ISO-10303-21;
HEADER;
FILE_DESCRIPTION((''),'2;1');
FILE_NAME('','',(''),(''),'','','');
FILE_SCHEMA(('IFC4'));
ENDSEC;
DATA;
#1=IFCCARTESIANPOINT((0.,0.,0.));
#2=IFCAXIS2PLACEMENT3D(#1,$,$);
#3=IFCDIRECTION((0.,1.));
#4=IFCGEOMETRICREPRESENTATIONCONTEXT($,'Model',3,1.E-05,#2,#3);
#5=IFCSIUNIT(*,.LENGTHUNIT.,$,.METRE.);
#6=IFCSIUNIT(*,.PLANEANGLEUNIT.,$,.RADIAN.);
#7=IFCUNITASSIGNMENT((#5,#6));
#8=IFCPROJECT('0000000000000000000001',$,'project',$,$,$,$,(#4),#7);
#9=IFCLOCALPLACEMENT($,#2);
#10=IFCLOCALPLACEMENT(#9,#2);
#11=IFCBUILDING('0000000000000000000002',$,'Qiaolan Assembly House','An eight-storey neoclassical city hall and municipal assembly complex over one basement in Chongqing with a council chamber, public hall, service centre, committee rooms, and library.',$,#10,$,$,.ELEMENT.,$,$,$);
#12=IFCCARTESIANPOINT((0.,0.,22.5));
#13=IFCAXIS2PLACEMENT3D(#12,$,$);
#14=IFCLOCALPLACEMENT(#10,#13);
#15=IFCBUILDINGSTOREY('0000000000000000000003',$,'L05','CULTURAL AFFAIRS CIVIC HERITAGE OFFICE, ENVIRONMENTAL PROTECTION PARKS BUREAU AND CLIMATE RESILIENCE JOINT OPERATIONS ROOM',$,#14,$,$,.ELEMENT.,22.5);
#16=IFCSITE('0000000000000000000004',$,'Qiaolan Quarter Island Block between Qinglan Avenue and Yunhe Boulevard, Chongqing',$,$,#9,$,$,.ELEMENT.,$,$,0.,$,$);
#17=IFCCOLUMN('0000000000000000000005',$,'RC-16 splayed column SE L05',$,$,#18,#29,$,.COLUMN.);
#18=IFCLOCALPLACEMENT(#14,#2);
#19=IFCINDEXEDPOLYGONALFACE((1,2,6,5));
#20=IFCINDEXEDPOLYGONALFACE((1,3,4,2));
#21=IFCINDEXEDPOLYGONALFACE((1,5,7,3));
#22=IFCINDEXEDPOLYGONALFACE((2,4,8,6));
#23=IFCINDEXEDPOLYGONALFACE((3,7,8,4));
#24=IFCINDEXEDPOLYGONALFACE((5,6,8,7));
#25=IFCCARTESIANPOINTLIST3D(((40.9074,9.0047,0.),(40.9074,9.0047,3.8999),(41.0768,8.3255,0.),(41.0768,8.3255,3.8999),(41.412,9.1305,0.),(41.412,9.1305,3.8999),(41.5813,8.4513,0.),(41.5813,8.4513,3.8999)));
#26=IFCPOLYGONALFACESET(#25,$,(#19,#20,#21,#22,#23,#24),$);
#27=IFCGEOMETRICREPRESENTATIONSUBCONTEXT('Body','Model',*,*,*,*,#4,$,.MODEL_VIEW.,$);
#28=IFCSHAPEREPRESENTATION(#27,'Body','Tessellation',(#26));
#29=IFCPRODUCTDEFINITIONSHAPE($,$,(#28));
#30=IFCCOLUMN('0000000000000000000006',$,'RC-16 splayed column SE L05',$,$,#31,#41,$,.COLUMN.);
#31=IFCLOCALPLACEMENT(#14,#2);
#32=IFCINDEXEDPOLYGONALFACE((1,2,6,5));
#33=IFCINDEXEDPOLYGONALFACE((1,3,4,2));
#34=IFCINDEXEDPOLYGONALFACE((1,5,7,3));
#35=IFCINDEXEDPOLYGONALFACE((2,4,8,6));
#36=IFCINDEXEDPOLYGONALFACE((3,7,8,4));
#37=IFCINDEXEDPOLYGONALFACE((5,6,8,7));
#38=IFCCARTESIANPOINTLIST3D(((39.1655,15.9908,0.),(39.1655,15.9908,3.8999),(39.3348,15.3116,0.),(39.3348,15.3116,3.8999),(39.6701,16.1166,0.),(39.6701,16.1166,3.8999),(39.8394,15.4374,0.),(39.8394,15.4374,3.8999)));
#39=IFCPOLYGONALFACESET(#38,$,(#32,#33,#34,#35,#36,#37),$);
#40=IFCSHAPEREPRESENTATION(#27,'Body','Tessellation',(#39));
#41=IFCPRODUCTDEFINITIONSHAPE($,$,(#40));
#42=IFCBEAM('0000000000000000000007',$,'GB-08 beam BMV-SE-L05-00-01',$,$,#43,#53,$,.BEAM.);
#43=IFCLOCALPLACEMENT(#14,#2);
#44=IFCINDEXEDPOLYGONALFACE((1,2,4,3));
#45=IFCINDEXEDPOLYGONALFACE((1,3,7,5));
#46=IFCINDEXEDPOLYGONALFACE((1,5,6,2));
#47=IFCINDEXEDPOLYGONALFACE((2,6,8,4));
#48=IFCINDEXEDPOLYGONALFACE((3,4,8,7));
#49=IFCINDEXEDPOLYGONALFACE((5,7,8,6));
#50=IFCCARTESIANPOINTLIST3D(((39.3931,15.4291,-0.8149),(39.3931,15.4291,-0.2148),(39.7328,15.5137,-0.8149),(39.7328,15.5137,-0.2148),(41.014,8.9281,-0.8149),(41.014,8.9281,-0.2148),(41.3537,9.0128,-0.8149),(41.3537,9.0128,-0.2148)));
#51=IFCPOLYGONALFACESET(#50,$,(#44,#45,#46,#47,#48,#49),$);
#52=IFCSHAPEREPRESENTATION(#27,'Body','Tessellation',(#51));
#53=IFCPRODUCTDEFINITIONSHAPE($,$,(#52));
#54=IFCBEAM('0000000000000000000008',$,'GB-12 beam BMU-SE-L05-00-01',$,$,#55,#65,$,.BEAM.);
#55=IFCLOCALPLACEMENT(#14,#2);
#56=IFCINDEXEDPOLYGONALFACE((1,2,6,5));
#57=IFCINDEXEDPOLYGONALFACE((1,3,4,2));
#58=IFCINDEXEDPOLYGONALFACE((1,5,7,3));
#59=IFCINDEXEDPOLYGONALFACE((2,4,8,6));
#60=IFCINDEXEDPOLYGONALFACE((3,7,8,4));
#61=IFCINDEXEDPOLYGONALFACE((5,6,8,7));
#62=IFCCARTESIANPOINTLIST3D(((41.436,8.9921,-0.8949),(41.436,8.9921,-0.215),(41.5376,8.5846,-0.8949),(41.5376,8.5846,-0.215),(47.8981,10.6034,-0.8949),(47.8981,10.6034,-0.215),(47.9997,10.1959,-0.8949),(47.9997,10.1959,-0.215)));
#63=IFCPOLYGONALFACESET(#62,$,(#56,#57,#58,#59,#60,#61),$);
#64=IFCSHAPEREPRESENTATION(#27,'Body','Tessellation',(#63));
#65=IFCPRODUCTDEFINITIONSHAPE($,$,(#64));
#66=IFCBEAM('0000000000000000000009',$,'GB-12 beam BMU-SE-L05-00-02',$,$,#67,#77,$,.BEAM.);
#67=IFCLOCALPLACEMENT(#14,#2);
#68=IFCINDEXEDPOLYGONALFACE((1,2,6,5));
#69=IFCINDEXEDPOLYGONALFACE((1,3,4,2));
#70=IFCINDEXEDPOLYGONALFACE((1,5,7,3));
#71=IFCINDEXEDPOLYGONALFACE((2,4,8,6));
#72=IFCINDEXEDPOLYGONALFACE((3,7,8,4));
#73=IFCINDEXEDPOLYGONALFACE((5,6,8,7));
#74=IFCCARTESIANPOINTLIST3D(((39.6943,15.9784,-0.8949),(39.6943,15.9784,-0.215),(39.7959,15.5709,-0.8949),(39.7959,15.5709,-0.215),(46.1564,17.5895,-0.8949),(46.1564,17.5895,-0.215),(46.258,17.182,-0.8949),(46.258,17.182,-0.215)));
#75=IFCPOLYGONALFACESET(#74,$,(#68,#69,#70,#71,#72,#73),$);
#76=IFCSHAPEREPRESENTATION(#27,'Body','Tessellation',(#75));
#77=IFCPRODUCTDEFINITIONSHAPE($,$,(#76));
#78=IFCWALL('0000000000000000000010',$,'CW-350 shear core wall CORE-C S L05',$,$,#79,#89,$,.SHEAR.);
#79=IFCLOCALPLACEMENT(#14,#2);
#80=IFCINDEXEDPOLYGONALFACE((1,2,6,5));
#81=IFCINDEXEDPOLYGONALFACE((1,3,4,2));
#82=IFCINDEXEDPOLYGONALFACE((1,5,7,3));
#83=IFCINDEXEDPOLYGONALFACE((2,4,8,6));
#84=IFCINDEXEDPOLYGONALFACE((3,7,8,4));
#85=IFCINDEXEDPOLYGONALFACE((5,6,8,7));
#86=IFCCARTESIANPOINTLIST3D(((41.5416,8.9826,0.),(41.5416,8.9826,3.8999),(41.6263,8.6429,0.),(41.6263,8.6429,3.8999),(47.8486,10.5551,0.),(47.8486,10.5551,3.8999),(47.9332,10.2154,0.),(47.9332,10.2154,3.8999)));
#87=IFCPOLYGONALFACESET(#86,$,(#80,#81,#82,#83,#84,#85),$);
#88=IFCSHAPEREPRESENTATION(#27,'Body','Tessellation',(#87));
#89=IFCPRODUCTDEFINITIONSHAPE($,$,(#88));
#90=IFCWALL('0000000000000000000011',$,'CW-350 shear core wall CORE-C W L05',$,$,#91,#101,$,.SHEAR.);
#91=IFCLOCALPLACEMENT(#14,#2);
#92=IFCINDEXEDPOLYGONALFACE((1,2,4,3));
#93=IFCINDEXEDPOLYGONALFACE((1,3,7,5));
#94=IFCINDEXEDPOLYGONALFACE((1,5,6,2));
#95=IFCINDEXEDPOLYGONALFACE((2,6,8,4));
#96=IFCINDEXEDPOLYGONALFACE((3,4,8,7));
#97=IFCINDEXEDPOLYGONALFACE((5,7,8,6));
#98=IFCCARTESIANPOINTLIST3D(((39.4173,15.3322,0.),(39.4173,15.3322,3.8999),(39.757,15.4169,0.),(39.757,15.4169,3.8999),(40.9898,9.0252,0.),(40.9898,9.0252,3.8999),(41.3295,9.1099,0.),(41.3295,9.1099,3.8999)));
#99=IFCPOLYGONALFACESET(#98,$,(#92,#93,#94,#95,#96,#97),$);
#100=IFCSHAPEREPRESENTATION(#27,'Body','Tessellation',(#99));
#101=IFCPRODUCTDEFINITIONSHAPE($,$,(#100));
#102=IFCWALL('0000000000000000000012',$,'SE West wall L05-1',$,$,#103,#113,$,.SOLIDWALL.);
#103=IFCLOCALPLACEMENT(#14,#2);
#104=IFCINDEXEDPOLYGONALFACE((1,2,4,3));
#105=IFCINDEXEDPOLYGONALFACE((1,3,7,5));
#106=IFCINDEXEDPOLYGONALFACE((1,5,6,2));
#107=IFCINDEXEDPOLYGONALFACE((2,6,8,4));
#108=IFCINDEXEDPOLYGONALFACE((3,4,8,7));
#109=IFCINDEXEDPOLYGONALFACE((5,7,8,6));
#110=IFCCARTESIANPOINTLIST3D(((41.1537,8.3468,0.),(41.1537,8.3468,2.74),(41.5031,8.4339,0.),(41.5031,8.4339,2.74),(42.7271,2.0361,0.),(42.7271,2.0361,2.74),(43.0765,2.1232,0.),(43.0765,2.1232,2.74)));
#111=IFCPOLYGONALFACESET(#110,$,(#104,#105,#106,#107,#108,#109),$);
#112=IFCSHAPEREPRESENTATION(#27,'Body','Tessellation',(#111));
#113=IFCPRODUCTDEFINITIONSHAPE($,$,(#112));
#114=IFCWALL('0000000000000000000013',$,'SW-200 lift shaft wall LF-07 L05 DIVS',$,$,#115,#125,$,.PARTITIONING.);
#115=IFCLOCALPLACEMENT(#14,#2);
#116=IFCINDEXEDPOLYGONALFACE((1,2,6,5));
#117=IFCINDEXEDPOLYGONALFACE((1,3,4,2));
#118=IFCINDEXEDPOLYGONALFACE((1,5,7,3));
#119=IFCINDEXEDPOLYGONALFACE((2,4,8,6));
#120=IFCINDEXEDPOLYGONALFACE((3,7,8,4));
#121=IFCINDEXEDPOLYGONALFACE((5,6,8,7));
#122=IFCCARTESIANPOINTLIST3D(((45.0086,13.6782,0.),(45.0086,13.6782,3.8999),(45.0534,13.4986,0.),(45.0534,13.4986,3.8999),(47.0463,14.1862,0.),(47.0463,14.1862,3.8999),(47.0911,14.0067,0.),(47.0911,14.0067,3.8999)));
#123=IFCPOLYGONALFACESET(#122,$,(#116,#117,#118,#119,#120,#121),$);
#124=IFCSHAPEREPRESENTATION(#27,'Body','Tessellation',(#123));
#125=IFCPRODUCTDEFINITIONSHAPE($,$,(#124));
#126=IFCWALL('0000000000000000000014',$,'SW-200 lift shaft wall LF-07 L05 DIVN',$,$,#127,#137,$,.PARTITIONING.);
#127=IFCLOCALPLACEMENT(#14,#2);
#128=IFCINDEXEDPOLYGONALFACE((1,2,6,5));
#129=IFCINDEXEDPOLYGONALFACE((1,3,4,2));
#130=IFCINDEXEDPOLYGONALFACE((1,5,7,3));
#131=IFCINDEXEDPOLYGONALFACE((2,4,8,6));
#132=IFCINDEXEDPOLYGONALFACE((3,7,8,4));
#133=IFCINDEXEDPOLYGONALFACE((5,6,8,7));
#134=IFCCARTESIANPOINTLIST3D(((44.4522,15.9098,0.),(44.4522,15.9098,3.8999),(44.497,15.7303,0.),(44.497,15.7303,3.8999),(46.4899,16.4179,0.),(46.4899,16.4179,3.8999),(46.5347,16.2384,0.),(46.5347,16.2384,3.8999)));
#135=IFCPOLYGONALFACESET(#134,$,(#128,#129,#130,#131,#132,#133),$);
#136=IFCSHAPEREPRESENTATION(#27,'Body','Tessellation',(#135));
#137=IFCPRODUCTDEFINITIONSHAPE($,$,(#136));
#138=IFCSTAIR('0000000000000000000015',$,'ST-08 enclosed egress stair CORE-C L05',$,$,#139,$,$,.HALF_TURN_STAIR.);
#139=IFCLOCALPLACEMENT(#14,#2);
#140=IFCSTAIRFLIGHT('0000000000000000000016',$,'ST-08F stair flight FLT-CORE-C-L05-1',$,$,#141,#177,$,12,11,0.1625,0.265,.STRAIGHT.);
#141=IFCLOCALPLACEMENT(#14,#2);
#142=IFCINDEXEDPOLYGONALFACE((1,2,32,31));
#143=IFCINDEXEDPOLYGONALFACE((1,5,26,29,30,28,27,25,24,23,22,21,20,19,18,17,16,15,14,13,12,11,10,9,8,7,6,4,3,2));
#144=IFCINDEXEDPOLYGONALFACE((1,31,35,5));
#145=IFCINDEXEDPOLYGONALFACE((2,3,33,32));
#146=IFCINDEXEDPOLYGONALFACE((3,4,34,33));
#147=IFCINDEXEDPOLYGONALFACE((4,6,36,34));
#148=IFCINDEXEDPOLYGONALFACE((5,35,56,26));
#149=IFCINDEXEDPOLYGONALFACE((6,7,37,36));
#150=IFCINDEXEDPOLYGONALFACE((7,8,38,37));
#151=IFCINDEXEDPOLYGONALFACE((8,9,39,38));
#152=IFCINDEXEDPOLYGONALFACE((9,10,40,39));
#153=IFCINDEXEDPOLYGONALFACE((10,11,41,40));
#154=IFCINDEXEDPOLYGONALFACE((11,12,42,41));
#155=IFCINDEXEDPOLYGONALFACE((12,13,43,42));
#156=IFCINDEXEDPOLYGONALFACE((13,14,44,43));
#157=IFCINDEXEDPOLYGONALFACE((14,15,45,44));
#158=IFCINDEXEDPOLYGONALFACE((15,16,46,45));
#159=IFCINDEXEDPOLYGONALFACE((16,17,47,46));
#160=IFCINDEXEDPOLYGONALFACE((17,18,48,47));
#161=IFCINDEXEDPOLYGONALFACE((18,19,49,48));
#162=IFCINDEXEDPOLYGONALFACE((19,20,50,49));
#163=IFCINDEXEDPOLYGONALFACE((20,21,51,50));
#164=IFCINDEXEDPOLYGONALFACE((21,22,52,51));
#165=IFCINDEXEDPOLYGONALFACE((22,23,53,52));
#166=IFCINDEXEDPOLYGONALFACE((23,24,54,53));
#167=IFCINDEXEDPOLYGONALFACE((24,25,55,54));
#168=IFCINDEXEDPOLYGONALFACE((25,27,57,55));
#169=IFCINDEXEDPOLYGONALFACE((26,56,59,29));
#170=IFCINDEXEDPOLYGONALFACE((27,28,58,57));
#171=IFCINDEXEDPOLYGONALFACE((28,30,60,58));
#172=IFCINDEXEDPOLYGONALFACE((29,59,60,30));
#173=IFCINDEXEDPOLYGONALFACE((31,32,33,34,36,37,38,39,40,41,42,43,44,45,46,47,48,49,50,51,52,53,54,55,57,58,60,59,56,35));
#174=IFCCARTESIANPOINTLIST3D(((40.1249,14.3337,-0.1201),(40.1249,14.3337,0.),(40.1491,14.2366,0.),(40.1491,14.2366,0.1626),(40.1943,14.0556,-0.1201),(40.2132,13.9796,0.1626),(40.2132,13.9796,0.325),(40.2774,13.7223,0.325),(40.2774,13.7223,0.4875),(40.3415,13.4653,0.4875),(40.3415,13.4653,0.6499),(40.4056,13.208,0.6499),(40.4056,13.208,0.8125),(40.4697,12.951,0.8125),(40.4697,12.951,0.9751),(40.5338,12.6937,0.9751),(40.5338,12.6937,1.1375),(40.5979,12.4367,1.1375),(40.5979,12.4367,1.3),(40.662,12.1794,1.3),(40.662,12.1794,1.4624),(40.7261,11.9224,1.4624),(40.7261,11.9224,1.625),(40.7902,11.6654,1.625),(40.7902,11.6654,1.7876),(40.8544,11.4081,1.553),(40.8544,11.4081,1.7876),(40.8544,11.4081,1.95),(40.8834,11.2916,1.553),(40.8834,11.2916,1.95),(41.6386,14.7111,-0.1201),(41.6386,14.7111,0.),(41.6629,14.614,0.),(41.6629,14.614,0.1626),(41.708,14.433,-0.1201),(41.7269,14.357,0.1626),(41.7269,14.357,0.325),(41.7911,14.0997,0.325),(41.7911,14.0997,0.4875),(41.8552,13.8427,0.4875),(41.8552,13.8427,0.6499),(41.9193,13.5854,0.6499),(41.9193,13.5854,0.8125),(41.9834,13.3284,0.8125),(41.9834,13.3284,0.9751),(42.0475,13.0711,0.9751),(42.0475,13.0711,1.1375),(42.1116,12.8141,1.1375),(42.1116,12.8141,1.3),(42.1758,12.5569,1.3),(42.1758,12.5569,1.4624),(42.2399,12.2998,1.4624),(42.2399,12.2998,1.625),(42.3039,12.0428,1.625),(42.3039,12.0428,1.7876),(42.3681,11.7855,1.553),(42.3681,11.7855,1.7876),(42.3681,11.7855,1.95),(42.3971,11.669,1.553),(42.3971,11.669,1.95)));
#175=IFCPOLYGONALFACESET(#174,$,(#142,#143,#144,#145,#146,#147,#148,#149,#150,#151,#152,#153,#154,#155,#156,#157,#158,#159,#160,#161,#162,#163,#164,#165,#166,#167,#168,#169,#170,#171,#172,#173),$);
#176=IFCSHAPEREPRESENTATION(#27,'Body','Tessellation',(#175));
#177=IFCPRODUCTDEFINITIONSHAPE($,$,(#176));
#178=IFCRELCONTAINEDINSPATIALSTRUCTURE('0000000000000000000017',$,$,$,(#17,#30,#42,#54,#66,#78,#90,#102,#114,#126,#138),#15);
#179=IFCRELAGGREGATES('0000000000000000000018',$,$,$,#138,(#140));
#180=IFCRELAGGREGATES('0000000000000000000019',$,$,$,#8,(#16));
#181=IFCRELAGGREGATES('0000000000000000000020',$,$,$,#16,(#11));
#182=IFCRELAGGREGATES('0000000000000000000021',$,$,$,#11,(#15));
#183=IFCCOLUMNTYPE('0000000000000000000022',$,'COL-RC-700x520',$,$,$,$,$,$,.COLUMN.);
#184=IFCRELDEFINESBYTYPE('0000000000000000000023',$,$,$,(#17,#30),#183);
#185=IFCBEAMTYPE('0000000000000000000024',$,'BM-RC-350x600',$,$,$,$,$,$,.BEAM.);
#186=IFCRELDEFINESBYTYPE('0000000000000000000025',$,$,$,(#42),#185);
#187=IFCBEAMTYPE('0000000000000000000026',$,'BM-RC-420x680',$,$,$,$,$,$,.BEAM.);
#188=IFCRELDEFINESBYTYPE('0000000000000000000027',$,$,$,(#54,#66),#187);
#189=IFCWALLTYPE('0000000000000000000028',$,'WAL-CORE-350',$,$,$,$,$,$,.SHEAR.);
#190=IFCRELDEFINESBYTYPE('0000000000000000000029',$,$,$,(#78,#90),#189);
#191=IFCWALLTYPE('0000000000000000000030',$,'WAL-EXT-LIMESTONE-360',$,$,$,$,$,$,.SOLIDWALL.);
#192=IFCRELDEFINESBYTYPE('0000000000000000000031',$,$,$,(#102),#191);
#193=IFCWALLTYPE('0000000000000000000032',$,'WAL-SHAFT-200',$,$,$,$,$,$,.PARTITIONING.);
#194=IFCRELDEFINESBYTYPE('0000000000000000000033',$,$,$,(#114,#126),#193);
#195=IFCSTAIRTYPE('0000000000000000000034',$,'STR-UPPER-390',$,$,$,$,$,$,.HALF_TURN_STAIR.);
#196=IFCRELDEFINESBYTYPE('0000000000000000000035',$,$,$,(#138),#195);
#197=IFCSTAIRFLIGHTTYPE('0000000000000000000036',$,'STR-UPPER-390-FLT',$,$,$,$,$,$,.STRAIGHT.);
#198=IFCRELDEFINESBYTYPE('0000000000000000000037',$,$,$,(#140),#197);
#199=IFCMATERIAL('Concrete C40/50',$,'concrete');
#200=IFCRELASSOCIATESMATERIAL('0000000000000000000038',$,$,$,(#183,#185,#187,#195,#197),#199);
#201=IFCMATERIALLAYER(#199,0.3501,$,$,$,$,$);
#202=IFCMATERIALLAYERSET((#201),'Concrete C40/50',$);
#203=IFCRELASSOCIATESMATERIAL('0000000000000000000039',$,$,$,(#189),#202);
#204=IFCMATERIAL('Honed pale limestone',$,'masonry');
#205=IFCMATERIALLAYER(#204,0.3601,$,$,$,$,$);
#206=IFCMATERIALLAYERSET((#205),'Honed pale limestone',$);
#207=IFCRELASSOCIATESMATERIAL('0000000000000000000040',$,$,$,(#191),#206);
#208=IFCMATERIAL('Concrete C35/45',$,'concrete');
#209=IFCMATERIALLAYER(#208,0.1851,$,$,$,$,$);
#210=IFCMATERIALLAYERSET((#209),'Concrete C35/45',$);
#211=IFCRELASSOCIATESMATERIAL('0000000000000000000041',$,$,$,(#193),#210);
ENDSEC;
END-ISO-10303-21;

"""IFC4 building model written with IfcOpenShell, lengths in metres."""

from ifc_helpers import new_model, si_unit, direction, frame, frame_2d, origin, origin_2d, place, context, subcontext, project, spatial, polyline, rectangle, outline, extrude, material, layer, layer_set, material_profile, profile_set, type_object, element, aggregate, save


model = new_model("IFC4")

# Units and contexts
model_context = context("Model", 3, precision=1e-05, world=origin(), true_north=direction((0.0, 1.0)))
body_context = subcontext(model_context, "Body", "Model", "MODEL_VIEW")
ifc_project = project(units=[si_unit("LENGTHUNIT", "METRE"), si_unit("PLANEANGLEUNIT", "RADIAN")], contexts=[model_context])

# Site, building, storey
site_placement = place(None, origin())
site = spatial("IfcSite", under=ifc_project, at=site_placement, Name="Qiaolan Quarter Island Block between Qinglan Avenue and Yunhe Boulevard, Chongqing", CompositionType="ELEMENT", RefElevation=0.0)
building_placement = place(site_placement, origin())
building = spatial("IfcBuilding", under=site, at=building_placement, Name="Qiaolan Assembly House", Description="An eight-storey neoclassical city hall and municipal assembly complex over one basement in Chongqing with a council chamber, public hall, service centre, committee rooms, and library.", CompositionType="ELEMENT")
storey_placement = place(building_placement, frame((0.0, 0.0, 22.5)))
storey = spatial("IfcBuildingStorey", under=building, at=storey_placement, Name="L05", Description="CULTURAL AFFAIRS CIVIC HERITAGE OFFICE, ENVIRONMENTAL PROTECTION PARKS BUREAU AND CLIMATE RESILIENCE JOINT OPERATIONS ROOM", CompositionType="ELEMENT", Elevation=22.5)

# Columns
ifc_material_1 = material(Name="Concrete C40/50", Category="concrete")
ifc_material_profile_1 = material_profile(ifc_material_1, rectangle(XDim=0.52, YDim=0.7, at=origin_2d()), Name="RC 700x520")
ifc_profile_set_1 = profile_set([ifc_material_profile_1], Name="Concrete C40/50")
column_type = type_object("IfcColumnType", Name="COL-RC-700x520", PredefinedType="COLUMN", material=ifc_profile_set_1)
for number, where, z_axis, x_axis, name in (
    (1, (41.2444, 8.728, 0.0), (0.0, 0.0, 1.0), (0.970296, 0.241922, 0.0), "RC-16 splayed column SE L05"),
    (2, (39.5024, 15.7141, 0.0), (0.0, 0.0, 1.0), (0.970296, 0.241922, 0.0), "RC-16 splayed column SE L05"),
):
    element("IfcColumn", number, at=place(storey_placement, frame(where, z_axis=z_axis, x_axis=x_axis)), inside=storey, type_object=column_type, Name=name, PredefinedType="COLUMN", context=body_context, shape_type="SweptSolid", body=[
        extrude(rectangle(XDim=0.52, YDim=0.7, at=origin_2d()), origin(), (0.0, 0.0, 1.0), 3.8999),
    ])

# Beams
ifc_material_profile_2 = material_profile(ifc_material_1, rectangle(XDim=0.3501, YDim=0.6001, at=origin_2d()), Name="RCB 350x600")
ifc_profile_set_2 = profile_set([ifc_material_profile_2], Name="Concrete C40/50")
beam_type_1 = type_object("IfcBeamType", Name="BM-RC-350x600", PredefinedType="BEAM", material=ifc_profile_set_2)
beam_placement = place(storey_placement, frame((41.1838, 8.9705, -0.5149), z_axis=(-0.241918, 0.970297, 0.0), x_axis=(-0.970297, -0.241918, 0.0)))
element("IfcBeam", 3, at=beam_placement, inside=storey, type_object=beam_type_1, Name="GB-08 beam BMV-SE-L05-00-01", PredefinedType="BEAM", context=body_context, shape_type="SweptSolid", body=[
    extrude(rectangle(XDim=0.3501, YDim=0.6001, at=origin_2d()), origin(), (0.0, 0.0, 1.0), 6.7),
])
ifc_material_profile_3 = material_profile(ifc_material_1, rectangle(XDim=0.4199, YDim=0.6799, at=origin_2d()), Name="RCB 420x680")
ifc_profile_set_3 = profile_set([ifc_material_profile_3], Name="Concrete C40/50")
beam_type_2 = type_object("IfcBeamType", Name="BM-RC-420x680", PredefinedType="BEAM", material=ifc_profile_set_3)
for number, where, z_axis, x_axis, name in (
    (4, (41.4868, 8.7883, -0.5549), (0.970291, 0.24194, 0.0), (-0.24194, 0.970291, 0.0), "GB-12 beam BMU-SE-L05-00-01"),
    (5, (39.7451, 15.7747, -0.5549), (0.9703, 0.241906, 0.0), (-0.241906, 0.9703, 0.0), "GB-12 beam BMU-SE-L05-00-02"),
):
    element("IfcBeam", number, at=place(storey_placement, frame(where, z_axis=z_axis, x_axis=x_axis)), inside=storey, type_object=beam_type_2, Name=name, PredefinedType="BEAM", context=body_context, shape_type="SweptSolid", body=[
        extrude(rectangle(XDim=0.4199, YDim=0.6799, at=origin_2d()), origin(), (0.0, 0.0, 1.0), 6.6599),
    ])

# Walls
ifc_layer_1 = layer(ifc_material_1, 0.3501)
ifc_layer_set_1 = layer_set([ifc_layer_1], Name="Concrete C40/50")
wall_type_1 = type_object("IfcWallType", Name="WAL-CORE-350", PredefinedType="SHEAR", material=ifc_layer_set_1)
for number, where, z_axis, x_axis, name in (
    (6, (41.584, 8.8127, 0.0), (0.0, 0.0, 1.0), (0.970295, 0.241926, 0.0), "CW-350 shear core wall CORE-C S L05"),
    (7, (39.5872, 15.3745, 0.0), (0.0, 0.0, 1.0), (0.241926, -0.970295, 0.0), "CW-350 shear core wall CORE-C W L05"),
):
    element("IfcWall", number, at=place(storey_placement, frame(where, z_axis=z_axis, x_axis=x_axis)), inside=storey, type_object=wall_type_1, Name=name, PredefinedType="SHEAR", context=body_context, shape_type="SweptSolid", body=[
        extrude(rectangle(XDim=6.5, YDim=0.3501, at=frame_2d((3.25, 0.0))), origin(), (0.0, 0.0, 1.0), 3.8999),
    ])
ifc_material_2 = material(Name="Honed pale limestone", Category="masonry")
ifc_layer_2 = layer(ifc_material_2, 0.3601)
ifc_layer_set_2 = layer_set([ifc_layer_2], Name="Honed pale limestone")
wall_type_2 = type_object("IfcWallType", Name="WAL-EXT-LIMESTONE-360", PredefinedType="SOLIDWALL", material=ifc_layer_set_2)
wall_placement = place(storey_placement, frame((41.3284, 8.3904, 0.0), z_axis=(0.0, 0.0, 1.0), x_axis=(0.241926, -0.970295, 0.0)))
element("IfcWall", 8, at=wall_placement, inside=storey, type_object=wall_type_2, Name="SE West wall L05-1", PredefinedType="SOLIDWALL", context=body_context, shape_type="SweptSolid", body=[
    extrude(rectangle(XDim=6.5039, YDim=0.3601, at=frame_2d((3.252, 0.0))), origin(), (0.0, 0.0, 1.0), 2.74),
])
ifc_material_3 = material(Name="Concrete C35/45", Category="concrete")
ifc_layer_3 = layer(ifc_material_3, 0.1851)
ifc_layer_set_3 = layer_set([ifc_layer_3], Name="Concrete C35/45")
wall_type_3 = type_object("IfcWallType", Name="WAL-SHAFT-200", PredefinedType="PARTITIONING", material=ifc_layer_set_3)
for number, where, z_axis, x_axis, name in (
    (9, (45.031, 13.5884, 0.0), (0.0, 0.0, 1.0), (0.970293, 0.241934, 0.0), "SW-200 lift shaft wall LF-07 L05 DIVS"),
    (10, (44.4746, 15.8201, 0.0), (0.0, 0.0, 1.0), (0.970293, 0.241934, 0.0), "SW-200 lift shaft wall LF-07 L05 DIVN"),
):
    element("IfcWall", number, at=place(storey_placement, frame(where, z_axis=z_axis, x_axis=x_axis)), inside=storey, type_object=wall_type_3, Name=name, PredefinedType="PARTITIONING", context=body_context, shape_type="SweptSolid", body=[
        extrude(rectangle(XDim=2.1001, YDim=0.1851, at=frame_2d((1.05, 0.0))), origin(), (0.0, 0.0, 1.0), 3.8999),
    ])

# Stair, stair flight
stair_type = type_object("IfcStairType", Name="STR-UPPER-390", PredefinedType="HALF_TURN_STAIR", material=ifc_material_1)
stair_placement = place(storey_placement, origin())
stair = element("IfcStair", 11, at=stair_placement, inside=storey, type_object=stair_type, Name="ST-08 enclosed egress stair CORE-C L05", PredefinedType="HALF_TURN_STAIR")
stair_flight_type = type_object("IfcStairFlightType", Name="STR-UPPER-390-FLT", PredefinedType="STRAIGHT", material=ifc_material_1)
stair_flight_1_placement = place(storey_placement, frame((40.906, 14.4253, 0.0), z_axis=(0.0, 0.0, 1.0), x_axis=(0.241922, -0.970296, 0.0)))
stair_flight_1 = element("IfcStairFlight", 12, at=stair_flight_1_placement, type_object=stair_flight_type, Name="ST-08F stair flight FLT-CORE-C-L05-1", NumberOfRisers=12, NumberOfTreads=11, PredefinedType="STRAIGHT", RiserHeight=0.1625, TreadLength=0.265, context=body_context, shape_type="SweptSolid", body=[
    extrude(outline(polyline([(-0.1001, -0.1201), (-0.1001, 0.0), (0.0, 0.0), (0.0, 0.1626), (0.2649, 0.1626), (0.2649, 0.325), (0.53, 0.325), (0.53, 0.4875), (0.7949, 0.4875), (0.7949, 0.6499), (1.0601, 0.6499), (1.0601, 0.8125), (1.325, 0.8125), (1.325, 0.9751), (1.5901, 0.9751), (1.5901, 1.1375), (1.855, 1.1375), (1.855, 1.3), (2.1201, 1.3), (2.1201, 1.4624), (2.385, 1.4624), (2.385, 1.625), (2.6499, 1.625), (2.6499, 1.7876), (2.915, 1.7876), (2.915, 1.95), (3.0352, 1.95), (3.0352, 1.553), (2.915, 1.553), (0.1865, -0.1201), (-0.1001, -0.1201)])), frame((0.0, 0.78, 0.0), z_axis=(0.0, -1.0, 0.0), x_axis=(1.0, 0.0, 0.0)), (0.0, 0.0, 1.0), 1.5601),
])
aggregate(stair, [stair_flight_1])

save(model, "model.ifc")
